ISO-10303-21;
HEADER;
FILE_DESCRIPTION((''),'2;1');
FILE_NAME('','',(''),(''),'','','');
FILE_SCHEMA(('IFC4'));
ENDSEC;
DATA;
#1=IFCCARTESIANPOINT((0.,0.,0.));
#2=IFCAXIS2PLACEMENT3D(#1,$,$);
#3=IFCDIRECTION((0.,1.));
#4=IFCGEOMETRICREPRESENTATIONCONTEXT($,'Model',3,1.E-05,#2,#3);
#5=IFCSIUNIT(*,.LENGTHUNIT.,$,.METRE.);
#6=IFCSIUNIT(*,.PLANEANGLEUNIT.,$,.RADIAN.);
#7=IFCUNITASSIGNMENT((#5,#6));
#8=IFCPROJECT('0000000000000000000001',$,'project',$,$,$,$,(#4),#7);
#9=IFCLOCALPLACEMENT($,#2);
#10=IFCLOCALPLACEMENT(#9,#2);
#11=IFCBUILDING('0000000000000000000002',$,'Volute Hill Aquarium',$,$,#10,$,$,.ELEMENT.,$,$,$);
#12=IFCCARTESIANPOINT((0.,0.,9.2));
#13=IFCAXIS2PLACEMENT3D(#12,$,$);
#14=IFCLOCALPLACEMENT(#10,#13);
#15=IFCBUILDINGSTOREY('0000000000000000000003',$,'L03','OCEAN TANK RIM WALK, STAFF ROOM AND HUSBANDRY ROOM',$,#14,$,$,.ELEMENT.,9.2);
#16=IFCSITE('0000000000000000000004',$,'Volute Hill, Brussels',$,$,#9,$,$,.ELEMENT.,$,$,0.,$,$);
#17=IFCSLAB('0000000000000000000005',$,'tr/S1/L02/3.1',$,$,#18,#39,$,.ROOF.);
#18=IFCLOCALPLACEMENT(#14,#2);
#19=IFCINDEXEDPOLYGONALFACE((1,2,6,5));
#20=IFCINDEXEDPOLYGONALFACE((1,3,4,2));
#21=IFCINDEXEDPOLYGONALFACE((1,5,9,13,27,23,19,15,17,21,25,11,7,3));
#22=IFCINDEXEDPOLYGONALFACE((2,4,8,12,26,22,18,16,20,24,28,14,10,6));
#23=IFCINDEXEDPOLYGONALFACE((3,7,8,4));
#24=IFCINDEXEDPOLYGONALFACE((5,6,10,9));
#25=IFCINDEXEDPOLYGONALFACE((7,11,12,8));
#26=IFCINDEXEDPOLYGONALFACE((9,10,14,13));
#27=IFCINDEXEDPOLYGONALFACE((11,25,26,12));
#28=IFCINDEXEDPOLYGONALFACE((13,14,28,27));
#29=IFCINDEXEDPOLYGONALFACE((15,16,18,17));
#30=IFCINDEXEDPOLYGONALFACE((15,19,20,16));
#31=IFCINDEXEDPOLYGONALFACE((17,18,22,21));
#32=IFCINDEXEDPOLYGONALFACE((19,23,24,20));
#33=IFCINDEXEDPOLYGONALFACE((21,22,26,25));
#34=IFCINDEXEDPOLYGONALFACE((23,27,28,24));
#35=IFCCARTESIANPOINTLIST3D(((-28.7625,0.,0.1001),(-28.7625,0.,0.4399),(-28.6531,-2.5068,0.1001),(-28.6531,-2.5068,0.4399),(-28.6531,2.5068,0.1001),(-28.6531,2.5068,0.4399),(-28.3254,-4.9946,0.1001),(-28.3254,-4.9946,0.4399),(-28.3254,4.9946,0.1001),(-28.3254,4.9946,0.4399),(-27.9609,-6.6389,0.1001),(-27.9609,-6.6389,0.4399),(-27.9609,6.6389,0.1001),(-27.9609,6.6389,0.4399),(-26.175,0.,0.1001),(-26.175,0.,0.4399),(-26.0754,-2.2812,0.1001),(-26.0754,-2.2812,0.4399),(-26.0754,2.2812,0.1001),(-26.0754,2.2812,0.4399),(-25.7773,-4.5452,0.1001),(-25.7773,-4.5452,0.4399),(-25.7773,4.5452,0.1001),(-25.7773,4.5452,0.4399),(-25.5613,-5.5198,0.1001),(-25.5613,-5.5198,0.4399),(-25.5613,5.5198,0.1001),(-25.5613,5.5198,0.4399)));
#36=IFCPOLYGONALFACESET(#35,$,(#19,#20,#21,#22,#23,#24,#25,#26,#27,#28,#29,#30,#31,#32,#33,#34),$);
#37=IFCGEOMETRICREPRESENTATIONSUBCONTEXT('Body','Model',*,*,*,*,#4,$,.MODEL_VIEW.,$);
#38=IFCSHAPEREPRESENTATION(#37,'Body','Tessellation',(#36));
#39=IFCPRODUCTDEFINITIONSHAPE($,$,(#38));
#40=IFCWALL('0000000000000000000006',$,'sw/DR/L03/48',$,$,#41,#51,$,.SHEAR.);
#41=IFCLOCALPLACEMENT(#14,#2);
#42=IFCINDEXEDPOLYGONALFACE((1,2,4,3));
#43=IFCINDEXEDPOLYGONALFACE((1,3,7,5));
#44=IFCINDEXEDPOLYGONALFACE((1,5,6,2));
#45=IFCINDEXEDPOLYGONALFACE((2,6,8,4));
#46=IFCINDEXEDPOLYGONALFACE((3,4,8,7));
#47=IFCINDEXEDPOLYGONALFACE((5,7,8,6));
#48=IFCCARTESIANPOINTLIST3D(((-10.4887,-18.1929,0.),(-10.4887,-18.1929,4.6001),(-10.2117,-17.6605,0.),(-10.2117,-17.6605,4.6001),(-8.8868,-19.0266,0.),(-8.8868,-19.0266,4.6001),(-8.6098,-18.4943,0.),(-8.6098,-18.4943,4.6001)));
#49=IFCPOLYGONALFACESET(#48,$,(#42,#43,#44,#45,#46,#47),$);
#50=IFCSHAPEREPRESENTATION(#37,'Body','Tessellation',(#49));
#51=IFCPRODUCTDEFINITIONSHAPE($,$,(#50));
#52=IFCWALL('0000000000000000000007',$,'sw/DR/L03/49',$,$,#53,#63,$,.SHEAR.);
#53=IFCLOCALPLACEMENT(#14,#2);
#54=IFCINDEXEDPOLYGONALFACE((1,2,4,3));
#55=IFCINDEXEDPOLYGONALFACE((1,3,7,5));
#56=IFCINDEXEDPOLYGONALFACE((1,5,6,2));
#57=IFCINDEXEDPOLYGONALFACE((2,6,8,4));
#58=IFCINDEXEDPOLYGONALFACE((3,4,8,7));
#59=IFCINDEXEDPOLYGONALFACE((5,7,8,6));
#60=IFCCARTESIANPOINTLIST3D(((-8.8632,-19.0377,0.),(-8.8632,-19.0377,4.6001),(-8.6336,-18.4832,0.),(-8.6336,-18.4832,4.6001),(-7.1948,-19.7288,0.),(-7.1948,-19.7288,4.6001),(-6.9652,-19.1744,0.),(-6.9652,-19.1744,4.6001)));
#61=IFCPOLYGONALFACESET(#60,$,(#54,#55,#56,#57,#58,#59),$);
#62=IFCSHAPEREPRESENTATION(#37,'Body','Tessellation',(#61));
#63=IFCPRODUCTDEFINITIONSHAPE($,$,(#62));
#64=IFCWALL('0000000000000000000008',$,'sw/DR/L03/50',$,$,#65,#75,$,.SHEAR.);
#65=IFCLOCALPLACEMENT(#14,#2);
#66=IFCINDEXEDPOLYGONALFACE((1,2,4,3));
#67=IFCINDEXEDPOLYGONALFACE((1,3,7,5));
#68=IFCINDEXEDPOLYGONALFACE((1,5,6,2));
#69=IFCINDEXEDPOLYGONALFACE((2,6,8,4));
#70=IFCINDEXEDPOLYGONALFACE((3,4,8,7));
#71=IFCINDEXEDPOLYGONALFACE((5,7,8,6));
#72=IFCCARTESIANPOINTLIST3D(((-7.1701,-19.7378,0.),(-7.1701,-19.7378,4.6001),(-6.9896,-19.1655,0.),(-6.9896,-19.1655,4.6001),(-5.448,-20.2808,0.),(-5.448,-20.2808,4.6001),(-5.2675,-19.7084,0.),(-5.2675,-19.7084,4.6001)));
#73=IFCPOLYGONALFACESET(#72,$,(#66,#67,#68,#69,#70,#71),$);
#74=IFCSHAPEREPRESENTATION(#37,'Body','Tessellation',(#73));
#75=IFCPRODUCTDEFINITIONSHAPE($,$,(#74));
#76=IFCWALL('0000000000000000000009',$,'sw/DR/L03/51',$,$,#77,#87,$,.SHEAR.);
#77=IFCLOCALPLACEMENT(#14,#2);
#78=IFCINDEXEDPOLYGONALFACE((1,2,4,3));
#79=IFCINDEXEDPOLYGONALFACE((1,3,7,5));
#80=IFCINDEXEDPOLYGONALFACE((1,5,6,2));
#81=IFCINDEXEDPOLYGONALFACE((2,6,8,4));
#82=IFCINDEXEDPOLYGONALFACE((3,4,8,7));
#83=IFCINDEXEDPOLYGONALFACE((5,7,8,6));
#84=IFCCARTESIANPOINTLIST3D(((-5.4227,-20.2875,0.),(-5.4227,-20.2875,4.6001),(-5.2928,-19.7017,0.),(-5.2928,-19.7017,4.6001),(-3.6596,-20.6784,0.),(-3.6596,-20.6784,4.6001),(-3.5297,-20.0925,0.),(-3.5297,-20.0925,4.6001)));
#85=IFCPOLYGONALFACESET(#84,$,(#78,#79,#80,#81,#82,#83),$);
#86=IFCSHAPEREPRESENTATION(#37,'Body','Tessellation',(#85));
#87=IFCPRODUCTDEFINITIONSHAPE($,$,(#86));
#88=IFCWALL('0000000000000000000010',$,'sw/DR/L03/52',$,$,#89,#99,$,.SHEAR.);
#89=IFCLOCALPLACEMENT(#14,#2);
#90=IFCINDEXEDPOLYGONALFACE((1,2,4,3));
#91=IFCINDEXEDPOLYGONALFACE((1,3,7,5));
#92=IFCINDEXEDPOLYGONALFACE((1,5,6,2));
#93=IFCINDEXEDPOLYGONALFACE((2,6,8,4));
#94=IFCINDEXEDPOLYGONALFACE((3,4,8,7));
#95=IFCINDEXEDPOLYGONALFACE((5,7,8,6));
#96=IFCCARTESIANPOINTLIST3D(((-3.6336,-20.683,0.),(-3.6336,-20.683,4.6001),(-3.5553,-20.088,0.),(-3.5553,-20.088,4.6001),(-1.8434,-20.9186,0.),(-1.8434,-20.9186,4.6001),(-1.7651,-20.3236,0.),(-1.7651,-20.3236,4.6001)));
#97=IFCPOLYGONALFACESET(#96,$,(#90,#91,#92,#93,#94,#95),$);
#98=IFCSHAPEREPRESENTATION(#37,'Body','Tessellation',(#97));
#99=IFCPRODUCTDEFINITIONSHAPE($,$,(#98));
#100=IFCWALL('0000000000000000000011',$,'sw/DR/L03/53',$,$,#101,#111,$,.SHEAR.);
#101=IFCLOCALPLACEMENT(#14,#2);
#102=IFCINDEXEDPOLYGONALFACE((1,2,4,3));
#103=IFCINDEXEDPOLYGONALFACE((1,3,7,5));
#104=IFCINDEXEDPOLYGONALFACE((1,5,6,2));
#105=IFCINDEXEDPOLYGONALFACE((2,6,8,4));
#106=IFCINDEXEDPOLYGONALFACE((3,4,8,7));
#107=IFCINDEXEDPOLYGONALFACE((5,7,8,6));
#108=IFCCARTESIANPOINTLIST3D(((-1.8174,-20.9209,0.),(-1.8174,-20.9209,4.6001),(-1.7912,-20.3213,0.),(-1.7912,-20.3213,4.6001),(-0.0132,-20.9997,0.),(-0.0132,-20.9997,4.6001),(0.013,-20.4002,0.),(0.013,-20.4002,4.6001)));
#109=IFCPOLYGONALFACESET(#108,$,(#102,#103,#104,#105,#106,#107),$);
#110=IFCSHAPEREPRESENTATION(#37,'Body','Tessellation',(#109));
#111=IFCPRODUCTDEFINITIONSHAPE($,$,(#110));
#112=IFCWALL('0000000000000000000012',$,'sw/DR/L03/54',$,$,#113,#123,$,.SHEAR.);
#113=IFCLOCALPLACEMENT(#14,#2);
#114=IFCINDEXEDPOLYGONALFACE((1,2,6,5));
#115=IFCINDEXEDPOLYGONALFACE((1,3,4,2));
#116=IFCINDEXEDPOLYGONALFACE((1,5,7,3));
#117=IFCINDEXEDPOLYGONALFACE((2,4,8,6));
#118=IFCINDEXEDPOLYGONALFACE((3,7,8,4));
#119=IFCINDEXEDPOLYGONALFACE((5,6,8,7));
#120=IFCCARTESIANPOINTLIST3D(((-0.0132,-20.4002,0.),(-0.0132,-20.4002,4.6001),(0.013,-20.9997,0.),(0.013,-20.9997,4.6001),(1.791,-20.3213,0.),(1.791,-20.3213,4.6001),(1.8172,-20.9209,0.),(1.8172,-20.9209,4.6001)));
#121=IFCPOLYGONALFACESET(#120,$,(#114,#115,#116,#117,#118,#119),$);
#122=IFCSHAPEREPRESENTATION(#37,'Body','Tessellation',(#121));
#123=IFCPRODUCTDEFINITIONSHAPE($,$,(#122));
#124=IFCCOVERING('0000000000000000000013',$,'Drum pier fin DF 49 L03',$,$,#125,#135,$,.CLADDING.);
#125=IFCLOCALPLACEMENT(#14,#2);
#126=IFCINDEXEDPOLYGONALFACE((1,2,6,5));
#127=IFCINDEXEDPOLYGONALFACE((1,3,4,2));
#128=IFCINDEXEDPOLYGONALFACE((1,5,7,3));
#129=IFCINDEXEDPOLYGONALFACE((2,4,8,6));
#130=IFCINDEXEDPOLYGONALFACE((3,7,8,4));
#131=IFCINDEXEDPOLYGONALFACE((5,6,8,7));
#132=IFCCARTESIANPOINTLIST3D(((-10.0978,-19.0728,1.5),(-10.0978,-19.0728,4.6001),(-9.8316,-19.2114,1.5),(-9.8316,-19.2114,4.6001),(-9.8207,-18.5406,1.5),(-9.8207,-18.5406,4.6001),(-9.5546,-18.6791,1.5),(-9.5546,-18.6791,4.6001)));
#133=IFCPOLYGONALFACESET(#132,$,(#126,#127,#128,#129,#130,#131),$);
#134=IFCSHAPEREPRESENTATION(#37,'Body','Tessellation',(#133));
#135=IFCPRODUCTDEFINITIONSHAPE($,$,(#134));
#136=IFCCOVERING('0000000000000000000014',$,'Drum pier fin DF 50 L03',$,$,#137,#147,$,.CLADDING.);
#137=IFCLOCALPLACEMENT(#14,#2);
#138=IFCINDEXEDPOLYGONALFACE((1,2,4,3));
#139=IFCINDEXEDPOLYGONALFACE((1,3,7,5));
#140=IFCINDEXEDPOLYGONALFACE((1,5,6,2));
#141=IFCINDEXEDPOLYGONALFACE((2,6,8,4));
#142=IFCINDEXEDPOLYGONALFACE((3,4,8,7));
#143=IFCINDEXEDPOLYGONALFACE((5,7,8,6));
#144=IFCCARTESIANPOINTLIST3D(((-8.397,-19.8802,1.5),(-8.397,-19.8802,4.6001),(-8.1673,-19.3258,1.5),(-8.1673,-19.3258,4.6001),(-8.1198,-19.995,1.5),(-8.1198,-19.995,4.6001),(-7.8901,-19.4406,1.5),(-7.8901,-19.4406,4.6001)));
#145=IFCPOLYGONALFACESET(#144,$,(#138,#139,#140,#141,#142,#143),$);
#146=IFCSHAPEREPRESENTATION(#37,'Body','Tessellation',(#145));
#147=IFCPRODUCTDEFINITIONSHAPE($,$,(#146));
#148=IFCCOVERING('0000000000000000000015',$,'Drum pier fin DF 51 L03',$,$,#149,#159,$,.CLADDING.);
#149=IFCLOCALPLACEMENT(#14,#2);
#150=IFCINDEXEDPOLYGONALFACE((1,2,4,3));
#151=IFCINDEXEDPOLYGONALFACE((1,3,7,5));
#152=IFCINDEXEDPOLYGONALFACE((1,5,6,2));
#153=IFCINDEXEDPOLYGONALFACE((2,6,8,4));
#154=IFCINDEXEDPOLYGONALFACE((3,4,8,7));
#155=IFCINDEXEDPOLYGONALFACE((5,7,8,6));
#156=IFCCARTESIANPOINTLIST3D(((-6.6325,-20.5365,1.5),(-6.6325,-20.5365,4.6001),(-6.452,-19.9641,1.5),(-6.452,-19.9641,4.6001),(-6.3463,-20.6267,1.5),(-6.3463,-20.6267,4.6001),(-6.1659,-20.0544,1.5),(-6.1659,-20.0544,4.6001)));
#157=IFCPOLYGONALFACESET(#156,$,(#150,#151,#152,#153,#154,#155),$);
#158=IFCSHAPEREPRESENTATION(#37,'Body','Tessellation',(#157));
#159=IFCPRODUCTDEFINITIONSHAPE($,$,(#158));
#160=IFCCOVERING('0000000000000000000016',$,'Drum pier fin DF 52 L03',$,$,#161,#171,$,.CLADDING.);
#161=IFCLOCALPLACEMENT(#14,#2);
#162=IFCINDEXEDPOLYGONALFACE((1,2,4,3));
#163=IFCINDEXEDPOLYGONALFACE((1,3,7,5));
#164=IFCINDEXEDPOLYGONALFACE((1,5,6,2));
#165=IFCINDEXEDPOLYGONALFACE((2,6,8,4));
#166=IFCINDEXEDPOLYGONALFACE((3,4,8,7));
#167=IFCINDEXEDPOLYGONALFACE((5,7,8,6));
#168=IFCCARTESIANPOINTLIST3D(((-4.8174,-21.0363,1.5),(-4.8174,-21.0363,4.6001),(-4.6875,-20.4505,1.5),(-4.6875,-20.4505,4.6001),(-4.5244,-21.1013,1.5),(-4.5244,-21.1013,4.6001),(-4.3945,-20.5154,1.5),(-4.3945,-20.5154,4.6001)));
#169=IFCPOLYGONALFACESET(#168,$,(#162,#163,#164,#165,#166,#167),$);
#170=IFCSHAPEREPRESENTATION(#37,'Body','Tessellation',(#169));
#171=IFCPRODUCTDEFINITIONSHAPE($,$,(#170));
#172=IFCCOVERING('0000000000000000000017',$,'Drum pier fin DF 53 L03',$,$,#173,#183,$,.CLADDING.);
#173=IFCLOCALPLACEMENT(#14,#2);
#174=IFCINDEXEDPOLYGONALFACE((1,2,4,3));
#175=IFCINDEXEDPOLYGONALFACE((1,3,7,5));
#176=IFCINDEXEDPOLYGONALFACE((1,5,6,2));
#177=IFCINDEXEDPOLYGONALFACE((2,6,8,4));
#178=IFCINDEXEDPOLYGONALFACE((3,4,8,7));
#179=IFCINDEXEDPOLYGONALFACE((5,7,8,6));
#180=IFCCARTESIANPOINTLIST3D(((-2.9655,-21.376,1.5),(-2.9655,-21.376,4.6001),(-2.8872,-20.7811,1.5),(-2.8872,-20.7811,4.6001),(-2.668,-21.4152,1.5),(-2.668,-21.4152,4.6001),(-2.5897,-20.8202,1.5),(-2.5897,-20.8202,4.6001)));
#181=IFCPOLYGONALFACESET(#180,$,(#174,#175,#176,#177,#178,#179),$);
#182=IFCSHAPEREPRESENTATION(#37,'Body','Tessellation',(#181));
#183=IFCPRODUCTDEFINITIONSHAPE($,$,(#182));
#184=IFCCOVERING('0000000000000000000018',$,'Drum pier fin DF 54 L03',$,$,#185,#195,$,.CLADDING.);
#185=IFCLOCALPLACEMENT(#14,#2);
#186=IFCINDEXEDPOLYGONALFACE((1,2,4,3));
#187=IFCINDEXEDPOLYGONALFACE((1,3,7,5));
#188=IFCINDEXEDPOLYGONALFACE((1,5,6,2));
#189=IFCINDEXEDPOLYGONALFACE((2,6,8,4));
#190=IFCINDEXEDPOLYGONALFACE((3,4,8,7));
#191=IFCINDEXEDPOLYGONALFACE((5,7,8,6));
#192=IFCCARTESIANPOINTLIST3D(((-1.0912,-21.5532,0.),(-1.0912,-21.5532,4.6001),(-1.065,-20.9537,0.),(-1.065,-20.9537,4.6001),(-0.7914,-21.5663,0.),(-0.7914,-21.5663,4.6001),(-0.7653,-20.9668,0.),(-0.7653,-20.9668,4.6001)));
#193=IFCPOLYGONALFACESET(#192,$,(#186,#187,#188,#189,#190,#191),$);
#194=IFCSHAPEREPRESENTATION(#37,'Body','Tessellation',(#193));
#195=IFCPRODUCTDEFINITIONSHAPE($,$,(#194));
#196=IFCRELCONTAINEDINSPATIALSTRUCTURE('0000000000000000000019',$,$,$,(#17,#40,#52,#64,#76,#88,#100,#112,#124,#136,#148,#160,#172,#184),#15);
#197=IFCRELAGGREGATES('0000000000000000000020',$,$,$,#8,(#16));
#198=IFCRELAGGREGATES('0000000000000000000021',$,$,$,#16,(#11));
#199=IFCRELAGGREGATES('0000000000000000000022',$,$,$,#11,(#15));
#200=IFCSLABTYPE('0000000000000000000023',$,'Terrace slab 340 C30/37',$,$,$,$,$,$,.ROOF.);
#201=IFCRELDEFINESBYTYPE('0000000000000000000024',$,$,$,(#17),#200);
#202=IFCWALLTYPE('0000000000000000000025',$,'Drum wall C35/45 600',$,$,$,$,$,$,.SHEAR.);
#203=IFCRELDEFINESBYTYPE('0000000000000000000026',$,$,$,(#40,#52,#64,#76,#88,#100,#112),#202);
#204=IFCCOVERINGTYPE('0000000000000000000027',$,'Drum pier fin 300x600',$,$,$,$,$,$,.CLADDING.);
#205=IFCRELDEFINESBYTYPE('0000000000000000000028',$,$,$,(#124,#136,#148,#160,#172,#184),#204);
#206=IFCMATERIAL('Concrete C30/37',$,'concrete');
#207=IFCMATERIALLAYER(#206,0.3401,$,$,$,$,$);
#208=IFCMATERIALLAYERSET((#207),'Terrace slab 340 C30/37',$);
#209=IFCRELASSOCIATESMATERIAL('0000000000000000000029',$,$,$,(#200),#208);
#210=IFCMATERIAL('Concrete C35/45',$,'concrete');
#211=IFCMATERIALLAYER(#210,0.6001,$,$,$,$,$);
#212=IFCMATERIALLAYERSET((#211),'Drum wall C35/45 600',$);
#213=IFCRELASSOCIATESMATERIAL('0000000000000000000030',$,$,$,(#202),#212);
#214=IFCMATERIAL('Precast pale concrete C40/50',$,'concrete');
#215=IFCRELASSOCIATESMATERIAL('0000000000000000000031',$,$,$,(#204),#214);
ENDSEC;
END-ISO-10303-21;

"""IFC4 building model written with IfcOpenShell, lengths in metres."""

from ifc_helpers import new_model, si_unit, direction, frame, frame_2d, origin, origin_2d, place, context, subcontext, project, spatial, polyline, rectangle, outline, extrude, material, layer, layer_set, type_object, element, save


model = new_model("IFC4")

# Units and contexts
model_context = context("Model", 3, precision=1e-05, world=origin(), true_north=direction((0.0, 1.0)))
body_context = subcontext(model_context, "Body", "Model", "MODEL_VIEW")
ifc_project = project(units=[si_unit("LENGTHUNIT", "METRE"), si_unit("PLANEANGLEUNIT", "RADIAN")], contexts=[model_context])

# Site, building, storey
site_placement = place(None, origin())
site = spatial("IfcSite", under=ifc_project, at=site_placement, Name="Volute Hill, Brussels", CompositionType="ELEMENT", RefElevation=0.0)
building_placement = place(site_placement, origin())
building = spatial("IfcBuilding", under=site, at=building_placement, Name="Volute Hill Aquarium", CompositionType="ELEMENT")
storey_placement = place(building_placement, frame((0.0, 0.0, 9.2)))
storey = spatial("IfcBuildingStorey", under=building, at=storey_placement, Name="L03", Description="OCEAN TANK RIM WALK, STAFF ROOM AND HUSBANDRY ROOM", CompositionType="ELEMENT", Elevation=9.2)

# Slab
ifc_material_1 = material(Name="Concrete C30/37", Category="concrete")
ifc_layer_1 = layer(ifc_material_1, 0.3401)
ifc_layer_set_1 = layer_set([ifc_layer_1], Name="Terrace slab 340 C30/37")
slab_type_1 = type_object("IfcSlabType", Name="Terrace slab 340 C30/37", PredefinedType="ROOF", material=ifc_layer_set_1)
slab_1_placement = place(storey_placement, frame((0.0, 0.0, 0.1001)))
element("IfcSlab", 1, at=slab_1_placement, inside=storey, type_object=slab_type_1, Name="tr/S1/L02/3.1", PredefinedType="ROOF", context=body_context, shape_type="SweptSolid", body=[
    extrude(outline(polyline([(-28.3254, -4.9946), (-28.6531, -2.5068), (-28.7625, 0.0), (-28.6531, 2.5068), (-28.3254, 4.9946), (-27.9609, 6.6389), (-25.5613, 5.5198), (-25.7773, 4.5452), (-26.0754, 2.2812), (-26.175, 0.0), (-26.0754, -2.2812), (-25.7773, -4.5452), (-25.5613, -5.5198), (-27.9609, -6.6389), (-28.3254, -4.9946)])), origin(), (0.0, 0.0, 1.0), 0.3398),
])

# Walls
ifc_material_2 = material(Name="Concrete C35/45", Category="concrete")
ifc_layer_2 = layer(ifc_material_2, 0.6001)
ifc_layer_set_2 = layer_set([ifc_layer_2], Name="Drum wall C35/45 600")
wall_type = type_object("IfcWallType", Name="Drum wall C35/45 600", PredefinedType="SHEAR", material=ifc_layer_set_2)
for number, where, z_axis, x_axis, name in (
    (2, (-10.3501, -17.9268, 0.0), (0.0, 0.0, 1.0), (0.887035, -0.461702, 0.0), "sw/DR/L03/48"),
    (3, (-8.7483, -18.7605, 0.0), (0.0, 0.0, 1.0), (0.923867, -0.382714, 0.0), "sw/DR/L03/49"),
):
    element("IfcWall", number, at=place(storey_placement, frame(where, z_axis=z_axis, x_axis=x_axis)), inside=storey, type_object=wall_type, Name=name, PredefinedType="SHEAR", context=body_context, shape_type="SweptSolid", body=[
        extrude(rectangle(XDim=1.8059, YDim=0.6001, at=frame_2d((0.9028, 0.0))), origin(), (0.0, 0.0, 1.0), 4.6001),
    ])
wall_1_placement = place(storey_placement, frame((-7.0798, -19.4517, 0.0), z_axis=(0.0, 0.0, 1.0), x_axis=(0.953722, -0.300691, 0.0)))
element("IfcWall", 4, at=wall_1_placement, inside=storey, type_object=wall_type, Name="sw/DR/L03/50", PredefinedType="SHEAR", context=body_context, shape_type="SweptSolid", body=[
    extrude(rectangle(XDim=1.8057, YDim=0.6001, at=frame_2d((0.9028, 0.0))), origin(), (0.0, 0.0, 1.0), 4.6001),
])
wall_2_placement = place(storey_placement, frame((-5.3577, -19.9946, 0.0), z_axis=(0.0, 0.0, 1.0), x_axis=(0.976298, -0.216429, 0.0)))
element("IfcWall", 5, at=wall_2_placement, inside=storey, type_object=wall_type, Name="sw/DR/L03/51", PredefinedType="SHEAR", context=body_context, shape_type="SweptSolid", body=[
    extrude(rectangle(XDim=1.8059, YDim=0.6001, at=frame_2d((0.9028, 0.0))), origin(), (0.0, 0.0, 1.0), 4.6001),
])
wall_3_placement = place(storey_placement, frame((-3.5945, -20.3855, 0.0), z_axis=(0.0, 0.0, 1.0), x_axis=(0.991452, -0.130472, 0.0)))
element("IfcWall", 6, at=wall_3_placement, inside=storey, type_object=wall_type, Name="sw/DR/L03/52", PredefinedType="SHEAR", context=body_context, shape_type="SweptSolid", body=[
    extrude(rectangle(XDim=1.8057, YDim=0.6001, at=frame_2d((0.9028, 0.0))), origin(), (0.0, 0.0, 1.0), 4.6001),
])
for number, where, z_axis, x_axis, name in (
    (7, (-1.8042, -20.6211, 0.0), (0.0, 0.0, 1.0), (0.999046, -0.043666, 0.0), "sw/DR/L03/53"),
    (8, (0.0, -20.7, 0.0), (0.0, 0.0, 1.0), (0.999046, 0.043666, 0.0), "sw/DR/L03/54"),
):
    element("IfcWall", number, at=place(storey_placement, frame(where, z_axis=z_axis, x_axis=x_axis)), inside=storey, type_object=wall_type, Name=name, PredefinedType="SHEAR", context=body_context, shape_type="SweptSolid", body=[
        extrude(rectangle(XDim=1.8059, YDim=0.6001, at=frame_2d((0.9028, 0.0))), origin(), (0.0, 0.0, 1.0), 4.6001),
    ])

# Coverings
ifc_material_3 = material(Name="Precast pale concrete C40/50", Category="concrete")
covering_type = type_object("IfcCoveringType", Name="Drum pier fin 300x600", PredefinedType="CLADDING", material=ifc_material_3)
for number, where, z_axis, x_axis, name in (
    (9, (-9.8262, -18.876, 1.5), (0.0, 0.0, 1.0), (0.887011, -0.461749, 0.0), "Drum pier fin DF 49 L03"),
    (10, (-8.1436, -19.6604, 1.5), (0.0, 0.0, 1.0), (0.92388, -0.382683, 0.0), "Drum pier fin DF 50 L03"),
    (11, (-6.3992, -20.2954, 1.5), (0.0, 0.0, 1.0), (0.953717, -0.300706, 0.0), "Drum pier fin DF 51 L03"),
    (12, (-4.606, -20.7759, 1.5), (0.0, 0.0, 1.0), (0.976296, -0.21644, 0.0), "Drum pier fin DF 52 L03"),
    (13, (-2.7776, -21.0981, 1.5), (0.0, 0.0, 1.0), (0.991445, -0.130526, 0.0), "Drum pier fin DF 53 L03"),
):
    element("IfcCovering", number, at=place(storey_placement, frame(where, z_axis=z_axis, x_axis=x_axis)), inside=storey, type_object=covering_type, Name=name, PredefinedType="CLADDING", context=body_context, shape_type="SweptSolid", body=[
        extrude(rectangle(XDim=0.3, YDim=0.6001, at=origin_2d()), origin(), (0.0, 0.0, 1.0), 3.1001),
    ])
covering_placement = place(storey_placement, frame((-0.9282, -21.26, 0.0), z_axis=(0.0, 0.0, 1.0), x_axis=(0.999048, -0.043619, 0.0)))
element("IfcCovering", 14, at=covering_placement, inside=storey, type_object=covering_type, Name="Drum pier fin DF 54 L03", PredefinedType="CLADDING", context=body_context, shape_type="SweptSolid", body=[
    extrude(rectangle(XDim=0.3, YDim=0.6001, at=origin_2d()), origin(), (0.0, 0.0, 1.0), 4.6001),
])

save(model, "model.ifc")
